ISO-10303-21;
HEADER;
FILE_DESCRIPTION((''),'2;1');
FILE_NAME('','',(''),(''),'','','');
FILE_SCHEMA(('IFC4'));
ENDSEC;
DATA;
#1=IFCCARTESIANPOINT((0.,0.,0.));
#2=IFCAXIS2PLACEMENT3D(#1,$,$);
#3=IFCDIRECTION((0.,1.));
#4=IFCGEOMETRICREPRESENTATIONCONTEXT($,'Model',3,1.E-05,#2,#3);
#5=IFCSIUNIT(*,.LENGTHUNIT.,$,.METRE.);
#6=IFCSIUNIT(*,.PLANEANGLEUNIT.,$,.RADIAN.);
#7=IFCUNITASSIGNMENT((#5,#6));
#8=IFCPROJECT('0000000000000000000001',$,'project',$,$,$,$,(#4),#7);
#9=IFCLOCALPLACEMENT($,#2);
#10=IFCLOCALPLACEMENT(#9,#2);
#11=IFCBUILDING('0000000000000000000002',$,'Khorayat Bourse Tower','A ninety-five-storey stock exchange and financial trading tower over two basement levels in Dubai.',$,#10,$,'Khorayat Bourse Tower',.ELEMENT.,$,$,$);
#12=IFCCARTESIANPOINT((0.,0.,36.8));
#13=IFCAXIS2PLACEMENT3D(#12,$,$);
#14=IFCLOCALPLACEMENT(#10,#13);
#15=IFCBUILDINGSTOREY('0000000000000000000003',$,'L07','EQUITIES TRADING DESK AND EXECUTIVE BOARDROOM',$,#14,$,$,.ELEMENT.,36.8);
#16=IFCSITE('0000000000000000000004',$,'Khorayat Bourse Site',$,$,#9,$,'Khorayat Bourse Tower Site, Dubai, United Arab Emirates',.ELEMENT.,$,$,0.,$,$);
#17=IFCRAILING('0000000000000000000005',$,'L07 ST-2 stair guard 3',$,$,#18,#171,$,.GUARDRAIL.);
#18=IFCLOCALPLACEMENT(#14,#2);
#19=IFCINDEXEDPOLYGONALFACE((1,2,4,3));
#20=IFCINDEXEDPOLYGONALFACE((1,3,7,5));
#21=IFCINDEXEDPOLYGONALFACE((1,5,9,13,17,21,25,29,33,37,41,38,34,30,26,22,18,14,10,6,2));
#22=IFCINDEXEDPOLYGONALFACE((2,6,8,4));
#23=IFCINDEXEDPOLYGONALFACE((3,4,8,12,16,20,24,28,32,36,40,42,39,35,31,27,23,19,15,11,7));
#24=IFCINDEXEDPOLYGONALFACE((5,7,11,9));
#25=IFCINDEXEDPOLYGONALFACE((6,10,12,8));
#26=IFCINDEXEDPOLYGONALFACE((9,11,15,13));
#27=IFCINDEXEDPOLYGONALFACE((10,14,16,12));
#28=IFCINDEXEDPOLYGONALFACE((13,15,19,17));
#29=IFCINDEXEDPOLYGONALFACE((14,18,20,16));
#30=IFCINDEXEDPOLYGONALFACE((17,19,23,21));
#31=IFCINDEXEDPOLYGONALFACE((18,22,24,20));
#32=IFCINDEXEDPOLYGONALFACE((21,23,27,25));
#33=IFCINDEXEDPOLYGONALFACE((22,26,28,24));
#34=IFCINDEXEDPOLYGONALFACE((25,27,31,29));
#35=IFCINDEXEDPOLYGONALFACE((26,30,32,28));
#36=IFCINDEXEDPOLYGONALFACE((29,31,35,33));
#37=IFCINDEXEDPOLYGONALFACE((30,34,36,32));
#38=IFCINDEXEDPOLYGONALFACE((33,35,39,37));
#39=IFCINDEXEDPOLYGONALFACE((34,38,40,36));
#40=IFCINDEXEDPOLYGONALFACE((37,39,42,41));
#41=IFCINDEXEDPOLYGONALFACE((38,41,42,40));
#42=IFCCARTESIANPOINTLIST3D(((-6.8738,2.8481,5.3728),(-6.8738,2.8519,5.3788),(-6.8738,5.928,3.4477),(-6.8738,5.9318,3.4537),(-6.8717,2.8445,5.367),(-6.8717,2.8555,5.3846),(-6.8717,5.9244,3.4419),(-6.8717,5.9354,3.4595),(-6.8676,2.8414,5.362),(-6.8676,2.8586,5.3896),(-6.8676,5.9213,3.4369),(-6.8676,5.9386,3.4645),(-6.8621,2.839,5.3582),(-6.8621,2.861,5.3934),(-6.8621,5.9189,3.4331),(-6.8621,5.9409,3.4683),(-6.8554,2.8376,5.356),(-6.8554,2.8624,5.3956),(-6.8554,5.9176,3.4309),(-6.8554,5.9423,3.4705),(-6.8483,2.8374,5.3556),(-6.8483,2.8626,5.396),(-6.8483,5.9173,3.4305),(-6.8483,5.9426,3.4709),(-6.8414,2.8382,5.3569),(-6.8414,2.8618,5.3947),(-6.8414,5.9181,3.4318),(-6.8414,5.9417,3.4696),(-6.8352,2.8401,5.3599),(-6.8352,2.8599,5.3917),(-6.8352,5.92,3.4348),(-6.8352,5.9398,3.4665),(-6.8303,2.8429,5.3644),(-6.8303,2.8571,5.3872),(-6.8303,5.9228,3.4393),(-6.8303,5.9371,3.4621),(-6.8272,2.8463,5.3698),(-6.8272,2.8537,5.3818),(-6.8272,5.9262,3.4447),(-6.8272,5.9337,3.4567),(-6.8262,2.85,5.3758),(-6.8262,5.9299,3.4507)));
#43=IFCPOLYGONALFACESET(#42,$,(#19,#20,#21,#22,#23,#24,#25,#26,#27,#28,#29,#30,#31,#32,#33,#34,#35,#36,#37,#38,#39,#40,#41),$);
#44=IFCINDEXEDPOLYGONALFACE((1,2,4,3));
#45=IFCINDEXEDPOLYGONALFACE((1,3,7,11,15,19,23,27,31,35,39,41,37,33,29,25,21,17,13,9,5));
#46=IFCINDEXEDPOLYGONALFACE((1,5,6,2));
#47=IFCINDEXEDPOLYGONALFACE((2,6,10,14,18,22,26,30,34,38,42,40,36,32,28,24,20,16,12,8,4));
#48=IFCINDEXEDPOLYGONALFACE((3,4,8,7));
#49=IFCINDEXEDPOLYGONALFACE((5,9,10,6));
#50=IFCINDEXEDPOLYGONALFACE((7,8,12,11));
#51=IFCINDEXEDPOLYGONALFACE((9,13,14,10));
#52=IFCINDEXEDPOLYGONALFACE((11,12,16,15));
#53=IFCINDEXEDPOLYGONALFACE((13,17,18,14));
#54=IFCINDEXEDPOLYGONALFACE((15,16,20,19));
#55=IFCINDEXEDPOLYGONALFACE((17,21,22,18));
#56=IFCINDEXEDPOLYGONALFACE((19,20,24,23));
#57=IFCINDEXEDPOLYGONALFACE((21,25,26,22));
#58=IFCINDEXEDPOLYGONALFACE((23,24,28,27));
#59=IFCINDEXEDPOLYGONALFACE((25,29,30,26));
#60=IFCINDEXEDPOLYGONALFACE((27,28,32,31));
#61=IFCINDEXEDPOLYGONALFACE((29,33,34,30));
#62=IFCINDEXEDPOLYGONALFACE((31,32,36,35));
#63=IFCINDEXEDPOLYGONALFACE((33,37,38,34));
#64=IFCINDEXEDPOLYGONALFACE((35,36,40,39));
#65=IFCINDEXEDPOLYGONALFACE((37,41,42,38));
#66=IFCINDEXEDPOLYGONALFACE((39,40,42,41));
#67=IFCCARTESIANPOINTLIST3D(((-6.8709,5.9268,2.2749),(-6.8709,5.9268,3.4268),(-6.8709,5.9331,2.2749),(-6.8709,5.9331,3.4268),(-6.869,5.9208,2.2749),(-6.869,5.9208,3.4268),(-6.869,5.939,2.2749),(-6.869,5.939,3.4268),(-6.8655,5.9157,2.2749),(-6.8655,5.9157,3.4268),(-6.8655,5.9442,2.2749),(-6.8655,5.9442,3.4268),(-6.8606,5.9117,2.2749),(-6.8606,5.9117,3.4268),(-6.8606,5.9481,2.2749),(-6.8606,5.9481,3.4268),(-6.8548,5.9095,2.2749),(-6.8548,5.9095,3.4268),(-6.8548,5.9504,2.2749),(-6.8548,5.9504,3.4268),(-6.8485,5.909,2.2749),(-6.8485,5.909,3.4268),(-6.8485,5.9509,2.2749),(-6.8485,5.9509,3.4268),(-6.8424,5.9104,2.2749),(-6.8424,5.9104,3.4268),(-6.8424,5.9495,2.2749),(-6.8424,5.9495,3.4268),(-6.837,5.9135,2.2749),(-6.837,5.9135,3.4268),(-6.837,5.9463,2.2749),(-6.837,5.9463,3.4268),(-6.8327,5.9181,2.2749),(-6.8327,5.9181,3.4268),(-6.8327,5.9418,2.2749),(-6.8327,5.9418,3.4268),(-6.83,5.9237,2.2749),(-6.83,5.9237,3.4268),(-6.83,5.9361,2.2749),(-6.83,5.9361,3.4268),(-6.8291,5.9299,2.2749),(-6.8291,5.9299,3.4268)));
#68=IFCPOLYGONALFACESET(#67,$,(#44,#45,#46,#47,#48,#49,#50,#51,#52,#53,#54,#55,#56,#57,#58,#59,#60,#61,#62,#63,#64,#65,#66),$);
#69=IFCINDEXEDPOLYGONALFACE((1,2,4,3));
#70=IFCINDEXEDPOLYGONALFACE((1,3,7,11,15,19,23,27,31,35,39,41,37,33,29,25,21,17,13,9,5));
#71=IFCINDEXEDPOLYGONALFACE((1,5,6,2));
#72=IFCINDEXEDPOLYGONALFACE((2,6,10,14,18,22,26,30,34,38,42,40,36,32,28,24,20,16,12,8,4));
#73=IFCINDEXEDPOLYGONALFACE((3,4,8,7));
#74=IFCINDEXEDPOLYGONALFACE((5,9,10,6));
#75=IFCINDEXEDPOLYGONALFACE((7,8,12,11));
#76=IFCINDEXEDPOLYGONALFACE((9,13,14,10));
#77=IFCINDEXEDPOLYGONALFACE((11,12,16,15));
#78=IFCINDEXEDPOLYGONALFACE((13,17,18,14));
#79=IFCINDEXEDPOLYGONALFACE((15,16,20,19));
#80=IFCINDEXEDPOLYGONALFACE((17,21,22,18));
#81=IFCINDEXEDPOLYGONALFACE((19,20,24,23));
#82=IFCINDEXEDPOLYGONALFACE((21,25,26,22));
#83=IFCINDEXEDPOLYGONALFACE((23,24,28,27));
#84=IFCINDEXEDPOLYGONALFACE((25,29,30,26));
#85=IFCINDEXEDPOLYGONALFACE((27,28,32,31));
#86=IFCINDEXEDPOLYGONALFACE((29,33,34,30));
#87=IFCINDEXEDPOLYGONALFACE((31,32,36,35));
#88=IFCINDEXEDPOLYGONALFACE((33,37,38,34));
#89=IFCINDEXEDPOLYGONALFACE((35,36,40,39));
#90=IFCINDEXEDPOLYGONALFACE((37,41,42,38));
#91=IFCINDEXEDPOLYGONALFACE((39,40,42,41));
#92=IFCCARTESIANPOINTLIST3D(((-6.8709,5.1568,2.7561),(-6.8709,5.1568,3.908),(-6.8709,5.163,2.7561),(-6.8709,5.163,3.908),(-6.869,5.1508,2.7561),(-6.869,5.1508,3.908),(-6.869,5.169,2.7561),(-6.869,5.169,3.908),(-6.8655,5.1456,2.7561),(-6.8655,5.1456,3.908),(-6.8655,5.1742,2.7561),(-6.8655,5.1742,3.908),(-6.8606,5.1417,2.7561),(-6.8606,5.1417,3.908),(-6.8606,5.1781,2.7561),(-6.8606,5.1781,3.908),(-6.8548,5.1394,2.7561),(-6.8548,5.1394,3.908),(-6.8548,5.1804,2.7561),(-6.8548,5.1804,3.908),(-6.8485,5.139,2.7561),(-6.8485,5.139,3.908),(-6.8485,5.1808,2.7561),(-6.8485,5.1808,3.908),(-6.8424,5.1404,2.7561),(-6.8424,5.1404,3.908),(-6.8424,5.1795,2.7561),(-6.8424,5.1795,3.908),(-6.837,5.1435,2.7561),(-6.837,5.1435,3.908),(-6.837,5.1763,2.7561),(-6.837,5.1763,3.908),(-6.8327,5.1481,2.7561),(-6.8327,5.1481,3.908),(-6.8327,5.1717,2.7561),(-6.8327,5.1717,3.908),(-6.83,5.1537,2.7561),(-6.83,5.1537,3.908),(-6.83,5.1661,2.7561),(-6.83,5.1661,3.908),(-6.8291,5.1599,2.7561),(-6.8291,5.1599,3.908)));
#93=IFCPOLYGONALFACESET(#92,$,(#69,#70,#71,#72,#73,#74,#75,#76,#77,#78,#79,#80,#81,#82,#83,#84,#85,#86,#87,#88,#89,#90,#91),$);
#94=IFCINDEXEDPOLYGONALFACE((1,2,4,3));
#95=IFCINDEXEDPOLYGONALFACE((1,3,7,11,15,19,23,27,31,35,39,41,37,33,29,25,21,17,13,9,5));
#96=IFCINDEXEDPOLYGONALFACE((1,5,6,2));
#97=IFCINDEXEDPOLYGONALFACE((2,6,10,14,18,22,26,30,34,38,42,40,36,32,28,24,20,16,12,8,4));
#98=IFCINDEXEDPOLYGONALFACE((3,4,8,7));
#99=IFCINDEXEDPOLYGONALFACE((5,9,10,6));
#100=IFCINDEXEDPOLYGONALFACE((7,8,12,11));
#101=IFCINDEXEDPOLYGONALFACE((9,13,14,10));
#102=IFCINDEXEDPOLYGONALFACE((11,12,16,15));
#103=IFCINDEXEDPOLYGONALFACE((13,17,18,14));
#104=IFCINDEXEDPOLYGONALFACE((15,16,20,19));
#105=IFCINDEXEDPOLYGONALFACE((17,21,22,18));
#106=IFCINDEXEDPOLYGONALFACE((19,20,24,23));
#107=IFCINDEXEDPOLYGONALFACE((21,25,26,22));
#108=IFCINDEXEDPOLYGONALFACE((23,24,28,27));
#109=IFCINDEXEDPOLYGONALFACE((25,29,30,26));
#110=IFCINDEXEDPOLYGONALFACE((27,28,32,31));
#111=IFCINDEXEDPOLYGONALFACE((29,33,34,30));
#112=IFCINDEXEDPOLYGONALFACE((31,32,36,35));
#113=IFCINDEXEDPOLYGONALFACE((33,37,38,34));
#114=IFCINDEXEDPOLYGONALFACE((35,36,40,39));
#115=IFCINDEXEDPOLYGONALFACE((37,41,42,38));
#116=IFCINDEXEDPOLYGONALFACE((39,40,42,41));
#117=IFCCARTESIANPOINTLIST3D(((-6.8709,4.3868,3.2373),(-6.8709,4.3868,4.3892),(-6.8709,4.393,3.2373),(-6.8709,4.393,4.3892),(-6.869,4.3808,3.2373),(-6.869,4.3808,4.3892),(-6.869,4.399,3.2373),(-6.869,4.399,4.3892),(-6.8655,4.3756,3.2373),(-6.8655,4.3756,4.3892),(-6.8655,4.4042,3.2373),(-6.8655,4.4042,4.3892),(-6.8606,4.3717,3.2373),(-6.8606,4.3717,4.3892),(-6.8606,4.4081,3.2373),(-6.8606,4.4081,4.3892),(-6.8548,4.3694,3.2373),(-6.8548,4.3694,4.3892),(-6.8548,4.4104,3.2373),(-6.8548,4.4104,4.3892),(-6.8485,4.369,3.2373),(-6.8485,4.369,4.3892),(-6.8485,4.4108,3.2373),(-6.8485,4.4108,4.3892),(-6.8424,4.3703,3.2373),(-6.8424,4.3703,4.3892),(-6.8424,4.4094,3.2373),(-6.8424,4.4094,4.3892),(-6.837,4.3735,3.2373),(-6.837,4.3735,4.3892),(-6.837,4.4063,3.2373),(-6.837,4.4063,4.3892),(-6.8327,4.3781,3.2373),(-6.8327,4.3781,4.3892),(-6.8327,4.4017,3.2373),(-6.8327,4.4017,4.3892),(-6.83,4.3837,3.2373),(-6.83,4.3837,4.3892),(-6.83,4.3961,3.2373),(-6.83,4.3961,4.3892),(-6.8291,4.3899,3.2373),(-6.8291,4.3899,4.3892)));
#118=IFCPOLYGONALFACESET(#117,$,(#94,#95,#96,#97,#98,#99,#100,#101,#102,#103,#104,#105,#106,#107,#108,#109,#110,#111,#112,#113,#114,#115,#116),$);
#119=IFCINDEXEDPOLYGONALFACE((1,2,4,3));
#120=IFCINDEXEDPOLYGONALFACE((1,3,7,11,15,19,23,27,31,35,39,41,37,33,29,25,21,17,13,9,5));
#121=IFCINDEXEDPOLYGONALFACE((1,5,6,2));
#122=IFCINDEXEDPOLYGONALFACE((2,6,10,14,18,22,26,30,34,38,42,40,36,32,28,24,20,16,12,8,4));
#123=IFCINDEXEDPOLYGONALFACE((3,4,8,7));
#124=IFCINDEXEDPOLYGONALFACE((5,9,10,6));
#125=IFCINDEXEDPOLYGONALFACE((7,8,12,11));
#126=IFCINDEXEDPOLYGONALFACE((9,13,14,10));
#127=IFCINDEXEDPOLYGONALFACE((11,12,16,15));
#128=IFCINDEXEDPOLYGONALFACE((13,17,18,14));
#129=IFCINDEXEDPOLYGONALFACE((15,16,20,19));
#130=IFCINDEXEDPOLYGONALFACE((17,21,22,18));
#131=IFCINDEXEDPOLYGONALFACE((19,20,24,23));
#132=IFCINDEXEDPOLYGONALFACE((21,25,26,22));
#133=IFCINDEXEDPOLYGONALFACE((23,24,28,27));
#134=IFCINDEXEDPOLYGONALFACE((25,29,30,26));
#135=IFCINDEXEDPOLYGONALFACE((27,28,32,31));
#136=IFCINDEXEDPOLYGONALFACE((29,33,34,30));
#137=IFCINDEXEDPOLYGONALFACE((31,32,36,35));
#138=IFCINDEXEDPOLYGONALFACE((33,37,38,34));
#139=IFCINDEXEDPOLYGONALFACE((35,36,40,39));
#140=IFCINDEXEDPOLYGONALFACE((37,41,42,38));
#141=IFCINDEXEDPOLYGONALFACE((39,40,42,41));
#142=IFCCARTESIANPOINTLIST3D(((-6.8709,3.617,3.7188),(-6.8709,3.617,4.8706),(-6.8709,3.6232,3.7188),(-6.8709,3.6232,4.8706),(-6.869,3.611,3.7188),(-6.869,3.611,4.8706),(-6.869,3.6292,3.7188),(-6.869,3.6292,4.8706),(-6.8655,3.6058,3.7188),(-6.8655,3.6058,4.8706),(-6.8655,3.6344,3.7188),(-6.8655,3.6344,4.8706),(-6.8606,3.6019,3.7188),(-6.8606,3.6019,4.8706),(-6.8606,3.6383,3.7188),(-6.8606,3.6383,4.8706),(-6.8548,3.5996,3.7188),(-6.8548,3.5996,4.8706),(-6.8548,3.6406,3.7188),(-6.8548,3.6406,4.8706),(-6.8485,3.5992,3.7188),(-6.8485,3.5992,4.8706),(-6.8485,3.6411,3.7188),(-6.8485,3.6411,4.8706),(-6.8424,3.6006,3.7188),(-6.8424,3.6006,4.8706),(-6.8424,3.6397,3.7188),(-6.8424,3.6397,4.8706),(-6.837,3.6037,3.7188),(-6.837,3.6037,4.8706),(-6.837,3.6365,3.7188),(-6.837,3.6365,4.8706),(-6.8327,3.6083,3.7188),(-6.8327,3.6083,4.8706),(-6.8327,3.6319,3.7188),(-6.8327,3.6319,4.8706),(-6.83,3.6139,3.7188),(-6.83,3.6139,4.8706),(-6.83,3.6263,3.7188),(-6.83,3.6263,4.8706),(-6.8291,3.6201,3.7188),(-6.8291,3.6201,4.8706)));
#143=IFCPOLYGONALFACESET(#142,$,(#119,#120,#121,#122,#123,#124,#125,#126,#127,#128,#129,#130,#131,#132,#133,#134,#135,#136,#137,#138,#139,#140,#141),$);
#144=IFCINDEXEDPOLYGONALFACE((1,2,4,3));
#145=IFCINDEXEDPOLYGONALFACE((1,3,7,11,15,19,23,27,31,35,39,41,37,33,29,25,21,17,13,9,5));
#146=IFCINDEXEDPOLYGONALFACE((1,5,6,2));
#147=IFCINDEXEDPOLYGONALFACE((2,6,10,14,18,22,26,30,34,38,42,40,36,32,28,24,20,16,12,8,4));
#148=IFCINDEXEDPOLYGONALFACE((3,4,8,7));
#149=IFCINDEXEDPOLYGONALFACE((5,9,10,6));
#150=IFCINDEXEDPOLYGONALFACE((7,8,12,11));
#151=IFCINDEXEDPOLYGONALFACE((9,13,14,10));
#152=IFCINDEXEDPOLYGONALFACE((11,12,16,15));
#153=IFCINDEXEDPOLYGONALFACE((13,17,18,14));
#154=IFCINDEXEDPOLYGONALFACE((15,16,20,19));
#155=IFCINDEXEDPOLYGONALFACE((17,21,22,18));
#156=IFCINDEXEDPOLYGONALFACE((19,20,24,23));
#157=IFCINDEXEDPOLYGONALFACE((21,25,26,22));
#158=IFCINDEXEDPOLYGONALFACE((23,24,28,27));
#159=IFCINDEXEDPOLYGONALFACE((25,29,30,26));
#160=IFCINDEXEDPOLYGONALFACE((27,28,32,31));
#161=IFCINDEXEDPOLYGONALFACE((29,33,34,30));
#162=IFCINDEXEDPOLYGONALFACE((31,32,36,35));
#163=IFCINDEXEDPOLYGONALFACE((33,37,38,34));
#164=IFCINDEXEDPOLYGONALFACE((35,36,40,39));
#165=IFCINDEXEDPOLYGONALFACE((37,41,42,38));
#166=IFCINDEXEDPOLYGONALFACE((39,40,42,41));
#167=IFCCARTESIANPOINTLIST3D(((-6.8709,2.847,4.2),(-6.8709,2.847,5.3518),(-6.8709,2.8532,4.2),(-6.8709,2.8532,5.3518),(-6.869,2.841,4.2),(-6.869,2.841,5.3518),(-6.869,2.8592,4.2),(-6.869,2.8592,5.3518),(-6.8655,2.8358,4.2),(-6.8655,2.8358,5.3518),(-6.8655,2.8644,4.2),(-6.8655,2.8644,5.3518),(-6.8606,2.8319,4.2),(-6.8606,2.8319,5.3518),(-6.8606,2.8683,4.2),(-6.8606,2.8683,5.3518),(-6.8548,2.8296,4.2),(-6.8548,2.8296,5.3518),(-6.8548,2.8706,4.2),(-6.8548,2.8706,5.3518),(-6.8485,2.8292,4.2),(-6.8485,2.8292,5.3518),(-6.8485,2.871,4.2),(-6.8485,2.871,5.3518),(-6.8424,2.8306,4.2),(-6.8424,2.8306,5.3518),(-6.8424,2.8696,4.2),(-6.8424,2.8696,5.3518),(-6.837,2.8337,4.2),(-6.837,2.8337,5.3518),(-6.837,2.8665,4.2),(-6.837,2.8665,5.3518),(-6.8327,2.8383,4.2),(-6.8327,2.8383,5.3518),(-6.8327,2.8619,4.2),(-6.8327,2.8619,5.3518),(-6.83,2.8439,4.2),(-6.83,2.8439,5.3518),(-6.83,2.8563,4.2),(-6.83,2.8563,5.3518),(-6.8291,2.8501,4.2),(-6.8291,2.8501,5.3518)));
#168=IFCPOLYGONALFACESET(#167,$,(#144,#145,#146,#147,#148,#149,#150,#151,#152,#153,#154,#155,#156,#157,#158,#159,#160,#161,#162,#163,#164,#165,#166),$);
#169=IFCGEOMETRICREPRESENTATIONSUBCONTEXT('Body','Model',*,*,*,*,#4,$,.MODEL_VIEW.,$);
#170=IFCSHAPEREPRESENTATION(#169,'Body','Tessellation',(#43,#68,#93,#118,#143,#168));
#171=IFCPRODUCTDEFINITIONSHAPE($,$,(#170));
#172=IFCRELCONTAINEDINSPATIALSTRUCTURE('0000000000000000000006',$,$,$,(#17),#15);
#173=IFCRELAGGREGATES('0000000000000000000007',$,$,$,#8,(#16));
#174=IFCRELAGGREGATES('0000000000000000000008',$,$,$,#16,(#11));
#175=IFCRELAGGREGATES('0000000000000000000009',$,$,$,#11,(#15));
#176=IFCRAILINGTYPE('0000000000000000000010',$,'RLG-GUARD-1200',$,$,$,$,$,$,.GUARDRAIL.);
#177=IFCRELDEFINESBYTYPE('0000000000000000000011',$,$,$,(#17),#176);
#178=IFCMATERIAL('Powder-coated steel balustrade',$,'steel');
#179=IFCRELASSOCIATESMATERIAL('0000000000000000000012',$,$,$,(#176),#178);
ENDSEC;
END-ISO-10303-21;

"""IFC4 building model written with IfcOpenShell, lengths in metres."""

from ifc_helpers import new_model, si_unit, direction, frame, origin, origin_2d, place, context, subcontext, project, spatial, circle, extrude, source, transform, mapped, material, type_object, element, save


model = new_model("IFC4")

# Units and contexts
model_context = context("Model", 3, precision=1e-05, world=origin(), true_north=direction((0.0, 1.0)))
body_context = subcontext(model_context, "Body", "Model", "MODEL_VIEW")
ifc_project = project(units=[si_unit("LENGTHUNIT", "METRE"), si_unit("PLANEANGLEUNIT", "RADIAN")], contexts=[model_context])

# Site, building, storey
site_placement = place(None, origin())
site = spatial("IfcSite", under=ifc_project, at=site_placement, Name="Khorayat Bourse Site", LongName="Khorayat Bourse Tower Site, Dubai, United Arab Emirates", CompositionType="ELEMENT", RefElevation=0.0)
building_placement = place(site_placement, origin())
building = spatial("IfcBuilding", under=site, at=building_placement, Name="Khorayat Bourse Tower", Description="A ninety-five-storey stock exchange and financial trading tower over two basement levels in Dubai.", LongName="Khorayat Bourse Tower", CompositionType="ELEMENT")
storey_placement = place(building_placement, frame((0.0, 0.0, 36.8)))
storey = spatial("IfcBuildingStorey", under=building, at=storey_placement, Name="L07", Description="EQUITIES TRADING DESK AND EXECUTIVE BOARDROOM", CompositionType="ELEMENT", Elevation=36.8)

# Railing
ifc_material_1 = material(Name="Powder-coated steel balustrade", Category="steel")
railing_type_1 = type_object("IfcRailingType", Name="RLG-GUARD-1200", PredefinedType="GUARDRAIL", material=ifc_material_1)
shared_shape_1 = source(origin(), body_context, "Body", "SweptSolid", [
    extrude(circle(Radius=0.0239, at=origin_2d()), frame((0.0, 0.0, 1.1758), z_axis=(0.0, -0.847979, 0.530029), x_axis=(1.0, 0.0, 0.0)), (0.0, 0.0, 1.0), 3.6321),
    extrude(circle(Radius=0.021, at=origin_2d()), origin(), (0.0, 0.0, 1.0), 1.1519),
    extrude(circle(Radius=0.021, at=origin_2d()), frame((0.0, -0.77, 0.4812)), (0.0, 0.0, 1.0), 1.1519),
    extrude(circle(Radius=0.021, at=origin_2d()), frame((0.0, -1.54, 0.9624)), (0.0, 0.0, 1.0), 1.1519),
    extrude(circle(Radius=0.021, at=origin_2d()), frame((0.0, -2.3098, 1.4438)), (0.0, 0.0, 1.0), 1.1519),
    extrude(circle(Radius=0.021, at=origin_2d()), frame((0.0, -3.0798, 1.925)), (0.0, 0.0, 1.0), 1.1519),
])
railing_1_placement = place(storey_placement, frame((-6.8501, 5.9299, 2.2749)))
element("IfcRailing", 1, at=railing_1_placement, inside=storey, type_object=railing_type_1, Name="L07 ST-2 stair guard 3", PredefinedType="GUARDRAIL", context=body_context, shape_type="MappedRepresentation", body=[
    mapped(shared_shape_1, transform((0.0, 0.0, 0.0), scale=1.0)),
])

save(model, "model.ifc")
